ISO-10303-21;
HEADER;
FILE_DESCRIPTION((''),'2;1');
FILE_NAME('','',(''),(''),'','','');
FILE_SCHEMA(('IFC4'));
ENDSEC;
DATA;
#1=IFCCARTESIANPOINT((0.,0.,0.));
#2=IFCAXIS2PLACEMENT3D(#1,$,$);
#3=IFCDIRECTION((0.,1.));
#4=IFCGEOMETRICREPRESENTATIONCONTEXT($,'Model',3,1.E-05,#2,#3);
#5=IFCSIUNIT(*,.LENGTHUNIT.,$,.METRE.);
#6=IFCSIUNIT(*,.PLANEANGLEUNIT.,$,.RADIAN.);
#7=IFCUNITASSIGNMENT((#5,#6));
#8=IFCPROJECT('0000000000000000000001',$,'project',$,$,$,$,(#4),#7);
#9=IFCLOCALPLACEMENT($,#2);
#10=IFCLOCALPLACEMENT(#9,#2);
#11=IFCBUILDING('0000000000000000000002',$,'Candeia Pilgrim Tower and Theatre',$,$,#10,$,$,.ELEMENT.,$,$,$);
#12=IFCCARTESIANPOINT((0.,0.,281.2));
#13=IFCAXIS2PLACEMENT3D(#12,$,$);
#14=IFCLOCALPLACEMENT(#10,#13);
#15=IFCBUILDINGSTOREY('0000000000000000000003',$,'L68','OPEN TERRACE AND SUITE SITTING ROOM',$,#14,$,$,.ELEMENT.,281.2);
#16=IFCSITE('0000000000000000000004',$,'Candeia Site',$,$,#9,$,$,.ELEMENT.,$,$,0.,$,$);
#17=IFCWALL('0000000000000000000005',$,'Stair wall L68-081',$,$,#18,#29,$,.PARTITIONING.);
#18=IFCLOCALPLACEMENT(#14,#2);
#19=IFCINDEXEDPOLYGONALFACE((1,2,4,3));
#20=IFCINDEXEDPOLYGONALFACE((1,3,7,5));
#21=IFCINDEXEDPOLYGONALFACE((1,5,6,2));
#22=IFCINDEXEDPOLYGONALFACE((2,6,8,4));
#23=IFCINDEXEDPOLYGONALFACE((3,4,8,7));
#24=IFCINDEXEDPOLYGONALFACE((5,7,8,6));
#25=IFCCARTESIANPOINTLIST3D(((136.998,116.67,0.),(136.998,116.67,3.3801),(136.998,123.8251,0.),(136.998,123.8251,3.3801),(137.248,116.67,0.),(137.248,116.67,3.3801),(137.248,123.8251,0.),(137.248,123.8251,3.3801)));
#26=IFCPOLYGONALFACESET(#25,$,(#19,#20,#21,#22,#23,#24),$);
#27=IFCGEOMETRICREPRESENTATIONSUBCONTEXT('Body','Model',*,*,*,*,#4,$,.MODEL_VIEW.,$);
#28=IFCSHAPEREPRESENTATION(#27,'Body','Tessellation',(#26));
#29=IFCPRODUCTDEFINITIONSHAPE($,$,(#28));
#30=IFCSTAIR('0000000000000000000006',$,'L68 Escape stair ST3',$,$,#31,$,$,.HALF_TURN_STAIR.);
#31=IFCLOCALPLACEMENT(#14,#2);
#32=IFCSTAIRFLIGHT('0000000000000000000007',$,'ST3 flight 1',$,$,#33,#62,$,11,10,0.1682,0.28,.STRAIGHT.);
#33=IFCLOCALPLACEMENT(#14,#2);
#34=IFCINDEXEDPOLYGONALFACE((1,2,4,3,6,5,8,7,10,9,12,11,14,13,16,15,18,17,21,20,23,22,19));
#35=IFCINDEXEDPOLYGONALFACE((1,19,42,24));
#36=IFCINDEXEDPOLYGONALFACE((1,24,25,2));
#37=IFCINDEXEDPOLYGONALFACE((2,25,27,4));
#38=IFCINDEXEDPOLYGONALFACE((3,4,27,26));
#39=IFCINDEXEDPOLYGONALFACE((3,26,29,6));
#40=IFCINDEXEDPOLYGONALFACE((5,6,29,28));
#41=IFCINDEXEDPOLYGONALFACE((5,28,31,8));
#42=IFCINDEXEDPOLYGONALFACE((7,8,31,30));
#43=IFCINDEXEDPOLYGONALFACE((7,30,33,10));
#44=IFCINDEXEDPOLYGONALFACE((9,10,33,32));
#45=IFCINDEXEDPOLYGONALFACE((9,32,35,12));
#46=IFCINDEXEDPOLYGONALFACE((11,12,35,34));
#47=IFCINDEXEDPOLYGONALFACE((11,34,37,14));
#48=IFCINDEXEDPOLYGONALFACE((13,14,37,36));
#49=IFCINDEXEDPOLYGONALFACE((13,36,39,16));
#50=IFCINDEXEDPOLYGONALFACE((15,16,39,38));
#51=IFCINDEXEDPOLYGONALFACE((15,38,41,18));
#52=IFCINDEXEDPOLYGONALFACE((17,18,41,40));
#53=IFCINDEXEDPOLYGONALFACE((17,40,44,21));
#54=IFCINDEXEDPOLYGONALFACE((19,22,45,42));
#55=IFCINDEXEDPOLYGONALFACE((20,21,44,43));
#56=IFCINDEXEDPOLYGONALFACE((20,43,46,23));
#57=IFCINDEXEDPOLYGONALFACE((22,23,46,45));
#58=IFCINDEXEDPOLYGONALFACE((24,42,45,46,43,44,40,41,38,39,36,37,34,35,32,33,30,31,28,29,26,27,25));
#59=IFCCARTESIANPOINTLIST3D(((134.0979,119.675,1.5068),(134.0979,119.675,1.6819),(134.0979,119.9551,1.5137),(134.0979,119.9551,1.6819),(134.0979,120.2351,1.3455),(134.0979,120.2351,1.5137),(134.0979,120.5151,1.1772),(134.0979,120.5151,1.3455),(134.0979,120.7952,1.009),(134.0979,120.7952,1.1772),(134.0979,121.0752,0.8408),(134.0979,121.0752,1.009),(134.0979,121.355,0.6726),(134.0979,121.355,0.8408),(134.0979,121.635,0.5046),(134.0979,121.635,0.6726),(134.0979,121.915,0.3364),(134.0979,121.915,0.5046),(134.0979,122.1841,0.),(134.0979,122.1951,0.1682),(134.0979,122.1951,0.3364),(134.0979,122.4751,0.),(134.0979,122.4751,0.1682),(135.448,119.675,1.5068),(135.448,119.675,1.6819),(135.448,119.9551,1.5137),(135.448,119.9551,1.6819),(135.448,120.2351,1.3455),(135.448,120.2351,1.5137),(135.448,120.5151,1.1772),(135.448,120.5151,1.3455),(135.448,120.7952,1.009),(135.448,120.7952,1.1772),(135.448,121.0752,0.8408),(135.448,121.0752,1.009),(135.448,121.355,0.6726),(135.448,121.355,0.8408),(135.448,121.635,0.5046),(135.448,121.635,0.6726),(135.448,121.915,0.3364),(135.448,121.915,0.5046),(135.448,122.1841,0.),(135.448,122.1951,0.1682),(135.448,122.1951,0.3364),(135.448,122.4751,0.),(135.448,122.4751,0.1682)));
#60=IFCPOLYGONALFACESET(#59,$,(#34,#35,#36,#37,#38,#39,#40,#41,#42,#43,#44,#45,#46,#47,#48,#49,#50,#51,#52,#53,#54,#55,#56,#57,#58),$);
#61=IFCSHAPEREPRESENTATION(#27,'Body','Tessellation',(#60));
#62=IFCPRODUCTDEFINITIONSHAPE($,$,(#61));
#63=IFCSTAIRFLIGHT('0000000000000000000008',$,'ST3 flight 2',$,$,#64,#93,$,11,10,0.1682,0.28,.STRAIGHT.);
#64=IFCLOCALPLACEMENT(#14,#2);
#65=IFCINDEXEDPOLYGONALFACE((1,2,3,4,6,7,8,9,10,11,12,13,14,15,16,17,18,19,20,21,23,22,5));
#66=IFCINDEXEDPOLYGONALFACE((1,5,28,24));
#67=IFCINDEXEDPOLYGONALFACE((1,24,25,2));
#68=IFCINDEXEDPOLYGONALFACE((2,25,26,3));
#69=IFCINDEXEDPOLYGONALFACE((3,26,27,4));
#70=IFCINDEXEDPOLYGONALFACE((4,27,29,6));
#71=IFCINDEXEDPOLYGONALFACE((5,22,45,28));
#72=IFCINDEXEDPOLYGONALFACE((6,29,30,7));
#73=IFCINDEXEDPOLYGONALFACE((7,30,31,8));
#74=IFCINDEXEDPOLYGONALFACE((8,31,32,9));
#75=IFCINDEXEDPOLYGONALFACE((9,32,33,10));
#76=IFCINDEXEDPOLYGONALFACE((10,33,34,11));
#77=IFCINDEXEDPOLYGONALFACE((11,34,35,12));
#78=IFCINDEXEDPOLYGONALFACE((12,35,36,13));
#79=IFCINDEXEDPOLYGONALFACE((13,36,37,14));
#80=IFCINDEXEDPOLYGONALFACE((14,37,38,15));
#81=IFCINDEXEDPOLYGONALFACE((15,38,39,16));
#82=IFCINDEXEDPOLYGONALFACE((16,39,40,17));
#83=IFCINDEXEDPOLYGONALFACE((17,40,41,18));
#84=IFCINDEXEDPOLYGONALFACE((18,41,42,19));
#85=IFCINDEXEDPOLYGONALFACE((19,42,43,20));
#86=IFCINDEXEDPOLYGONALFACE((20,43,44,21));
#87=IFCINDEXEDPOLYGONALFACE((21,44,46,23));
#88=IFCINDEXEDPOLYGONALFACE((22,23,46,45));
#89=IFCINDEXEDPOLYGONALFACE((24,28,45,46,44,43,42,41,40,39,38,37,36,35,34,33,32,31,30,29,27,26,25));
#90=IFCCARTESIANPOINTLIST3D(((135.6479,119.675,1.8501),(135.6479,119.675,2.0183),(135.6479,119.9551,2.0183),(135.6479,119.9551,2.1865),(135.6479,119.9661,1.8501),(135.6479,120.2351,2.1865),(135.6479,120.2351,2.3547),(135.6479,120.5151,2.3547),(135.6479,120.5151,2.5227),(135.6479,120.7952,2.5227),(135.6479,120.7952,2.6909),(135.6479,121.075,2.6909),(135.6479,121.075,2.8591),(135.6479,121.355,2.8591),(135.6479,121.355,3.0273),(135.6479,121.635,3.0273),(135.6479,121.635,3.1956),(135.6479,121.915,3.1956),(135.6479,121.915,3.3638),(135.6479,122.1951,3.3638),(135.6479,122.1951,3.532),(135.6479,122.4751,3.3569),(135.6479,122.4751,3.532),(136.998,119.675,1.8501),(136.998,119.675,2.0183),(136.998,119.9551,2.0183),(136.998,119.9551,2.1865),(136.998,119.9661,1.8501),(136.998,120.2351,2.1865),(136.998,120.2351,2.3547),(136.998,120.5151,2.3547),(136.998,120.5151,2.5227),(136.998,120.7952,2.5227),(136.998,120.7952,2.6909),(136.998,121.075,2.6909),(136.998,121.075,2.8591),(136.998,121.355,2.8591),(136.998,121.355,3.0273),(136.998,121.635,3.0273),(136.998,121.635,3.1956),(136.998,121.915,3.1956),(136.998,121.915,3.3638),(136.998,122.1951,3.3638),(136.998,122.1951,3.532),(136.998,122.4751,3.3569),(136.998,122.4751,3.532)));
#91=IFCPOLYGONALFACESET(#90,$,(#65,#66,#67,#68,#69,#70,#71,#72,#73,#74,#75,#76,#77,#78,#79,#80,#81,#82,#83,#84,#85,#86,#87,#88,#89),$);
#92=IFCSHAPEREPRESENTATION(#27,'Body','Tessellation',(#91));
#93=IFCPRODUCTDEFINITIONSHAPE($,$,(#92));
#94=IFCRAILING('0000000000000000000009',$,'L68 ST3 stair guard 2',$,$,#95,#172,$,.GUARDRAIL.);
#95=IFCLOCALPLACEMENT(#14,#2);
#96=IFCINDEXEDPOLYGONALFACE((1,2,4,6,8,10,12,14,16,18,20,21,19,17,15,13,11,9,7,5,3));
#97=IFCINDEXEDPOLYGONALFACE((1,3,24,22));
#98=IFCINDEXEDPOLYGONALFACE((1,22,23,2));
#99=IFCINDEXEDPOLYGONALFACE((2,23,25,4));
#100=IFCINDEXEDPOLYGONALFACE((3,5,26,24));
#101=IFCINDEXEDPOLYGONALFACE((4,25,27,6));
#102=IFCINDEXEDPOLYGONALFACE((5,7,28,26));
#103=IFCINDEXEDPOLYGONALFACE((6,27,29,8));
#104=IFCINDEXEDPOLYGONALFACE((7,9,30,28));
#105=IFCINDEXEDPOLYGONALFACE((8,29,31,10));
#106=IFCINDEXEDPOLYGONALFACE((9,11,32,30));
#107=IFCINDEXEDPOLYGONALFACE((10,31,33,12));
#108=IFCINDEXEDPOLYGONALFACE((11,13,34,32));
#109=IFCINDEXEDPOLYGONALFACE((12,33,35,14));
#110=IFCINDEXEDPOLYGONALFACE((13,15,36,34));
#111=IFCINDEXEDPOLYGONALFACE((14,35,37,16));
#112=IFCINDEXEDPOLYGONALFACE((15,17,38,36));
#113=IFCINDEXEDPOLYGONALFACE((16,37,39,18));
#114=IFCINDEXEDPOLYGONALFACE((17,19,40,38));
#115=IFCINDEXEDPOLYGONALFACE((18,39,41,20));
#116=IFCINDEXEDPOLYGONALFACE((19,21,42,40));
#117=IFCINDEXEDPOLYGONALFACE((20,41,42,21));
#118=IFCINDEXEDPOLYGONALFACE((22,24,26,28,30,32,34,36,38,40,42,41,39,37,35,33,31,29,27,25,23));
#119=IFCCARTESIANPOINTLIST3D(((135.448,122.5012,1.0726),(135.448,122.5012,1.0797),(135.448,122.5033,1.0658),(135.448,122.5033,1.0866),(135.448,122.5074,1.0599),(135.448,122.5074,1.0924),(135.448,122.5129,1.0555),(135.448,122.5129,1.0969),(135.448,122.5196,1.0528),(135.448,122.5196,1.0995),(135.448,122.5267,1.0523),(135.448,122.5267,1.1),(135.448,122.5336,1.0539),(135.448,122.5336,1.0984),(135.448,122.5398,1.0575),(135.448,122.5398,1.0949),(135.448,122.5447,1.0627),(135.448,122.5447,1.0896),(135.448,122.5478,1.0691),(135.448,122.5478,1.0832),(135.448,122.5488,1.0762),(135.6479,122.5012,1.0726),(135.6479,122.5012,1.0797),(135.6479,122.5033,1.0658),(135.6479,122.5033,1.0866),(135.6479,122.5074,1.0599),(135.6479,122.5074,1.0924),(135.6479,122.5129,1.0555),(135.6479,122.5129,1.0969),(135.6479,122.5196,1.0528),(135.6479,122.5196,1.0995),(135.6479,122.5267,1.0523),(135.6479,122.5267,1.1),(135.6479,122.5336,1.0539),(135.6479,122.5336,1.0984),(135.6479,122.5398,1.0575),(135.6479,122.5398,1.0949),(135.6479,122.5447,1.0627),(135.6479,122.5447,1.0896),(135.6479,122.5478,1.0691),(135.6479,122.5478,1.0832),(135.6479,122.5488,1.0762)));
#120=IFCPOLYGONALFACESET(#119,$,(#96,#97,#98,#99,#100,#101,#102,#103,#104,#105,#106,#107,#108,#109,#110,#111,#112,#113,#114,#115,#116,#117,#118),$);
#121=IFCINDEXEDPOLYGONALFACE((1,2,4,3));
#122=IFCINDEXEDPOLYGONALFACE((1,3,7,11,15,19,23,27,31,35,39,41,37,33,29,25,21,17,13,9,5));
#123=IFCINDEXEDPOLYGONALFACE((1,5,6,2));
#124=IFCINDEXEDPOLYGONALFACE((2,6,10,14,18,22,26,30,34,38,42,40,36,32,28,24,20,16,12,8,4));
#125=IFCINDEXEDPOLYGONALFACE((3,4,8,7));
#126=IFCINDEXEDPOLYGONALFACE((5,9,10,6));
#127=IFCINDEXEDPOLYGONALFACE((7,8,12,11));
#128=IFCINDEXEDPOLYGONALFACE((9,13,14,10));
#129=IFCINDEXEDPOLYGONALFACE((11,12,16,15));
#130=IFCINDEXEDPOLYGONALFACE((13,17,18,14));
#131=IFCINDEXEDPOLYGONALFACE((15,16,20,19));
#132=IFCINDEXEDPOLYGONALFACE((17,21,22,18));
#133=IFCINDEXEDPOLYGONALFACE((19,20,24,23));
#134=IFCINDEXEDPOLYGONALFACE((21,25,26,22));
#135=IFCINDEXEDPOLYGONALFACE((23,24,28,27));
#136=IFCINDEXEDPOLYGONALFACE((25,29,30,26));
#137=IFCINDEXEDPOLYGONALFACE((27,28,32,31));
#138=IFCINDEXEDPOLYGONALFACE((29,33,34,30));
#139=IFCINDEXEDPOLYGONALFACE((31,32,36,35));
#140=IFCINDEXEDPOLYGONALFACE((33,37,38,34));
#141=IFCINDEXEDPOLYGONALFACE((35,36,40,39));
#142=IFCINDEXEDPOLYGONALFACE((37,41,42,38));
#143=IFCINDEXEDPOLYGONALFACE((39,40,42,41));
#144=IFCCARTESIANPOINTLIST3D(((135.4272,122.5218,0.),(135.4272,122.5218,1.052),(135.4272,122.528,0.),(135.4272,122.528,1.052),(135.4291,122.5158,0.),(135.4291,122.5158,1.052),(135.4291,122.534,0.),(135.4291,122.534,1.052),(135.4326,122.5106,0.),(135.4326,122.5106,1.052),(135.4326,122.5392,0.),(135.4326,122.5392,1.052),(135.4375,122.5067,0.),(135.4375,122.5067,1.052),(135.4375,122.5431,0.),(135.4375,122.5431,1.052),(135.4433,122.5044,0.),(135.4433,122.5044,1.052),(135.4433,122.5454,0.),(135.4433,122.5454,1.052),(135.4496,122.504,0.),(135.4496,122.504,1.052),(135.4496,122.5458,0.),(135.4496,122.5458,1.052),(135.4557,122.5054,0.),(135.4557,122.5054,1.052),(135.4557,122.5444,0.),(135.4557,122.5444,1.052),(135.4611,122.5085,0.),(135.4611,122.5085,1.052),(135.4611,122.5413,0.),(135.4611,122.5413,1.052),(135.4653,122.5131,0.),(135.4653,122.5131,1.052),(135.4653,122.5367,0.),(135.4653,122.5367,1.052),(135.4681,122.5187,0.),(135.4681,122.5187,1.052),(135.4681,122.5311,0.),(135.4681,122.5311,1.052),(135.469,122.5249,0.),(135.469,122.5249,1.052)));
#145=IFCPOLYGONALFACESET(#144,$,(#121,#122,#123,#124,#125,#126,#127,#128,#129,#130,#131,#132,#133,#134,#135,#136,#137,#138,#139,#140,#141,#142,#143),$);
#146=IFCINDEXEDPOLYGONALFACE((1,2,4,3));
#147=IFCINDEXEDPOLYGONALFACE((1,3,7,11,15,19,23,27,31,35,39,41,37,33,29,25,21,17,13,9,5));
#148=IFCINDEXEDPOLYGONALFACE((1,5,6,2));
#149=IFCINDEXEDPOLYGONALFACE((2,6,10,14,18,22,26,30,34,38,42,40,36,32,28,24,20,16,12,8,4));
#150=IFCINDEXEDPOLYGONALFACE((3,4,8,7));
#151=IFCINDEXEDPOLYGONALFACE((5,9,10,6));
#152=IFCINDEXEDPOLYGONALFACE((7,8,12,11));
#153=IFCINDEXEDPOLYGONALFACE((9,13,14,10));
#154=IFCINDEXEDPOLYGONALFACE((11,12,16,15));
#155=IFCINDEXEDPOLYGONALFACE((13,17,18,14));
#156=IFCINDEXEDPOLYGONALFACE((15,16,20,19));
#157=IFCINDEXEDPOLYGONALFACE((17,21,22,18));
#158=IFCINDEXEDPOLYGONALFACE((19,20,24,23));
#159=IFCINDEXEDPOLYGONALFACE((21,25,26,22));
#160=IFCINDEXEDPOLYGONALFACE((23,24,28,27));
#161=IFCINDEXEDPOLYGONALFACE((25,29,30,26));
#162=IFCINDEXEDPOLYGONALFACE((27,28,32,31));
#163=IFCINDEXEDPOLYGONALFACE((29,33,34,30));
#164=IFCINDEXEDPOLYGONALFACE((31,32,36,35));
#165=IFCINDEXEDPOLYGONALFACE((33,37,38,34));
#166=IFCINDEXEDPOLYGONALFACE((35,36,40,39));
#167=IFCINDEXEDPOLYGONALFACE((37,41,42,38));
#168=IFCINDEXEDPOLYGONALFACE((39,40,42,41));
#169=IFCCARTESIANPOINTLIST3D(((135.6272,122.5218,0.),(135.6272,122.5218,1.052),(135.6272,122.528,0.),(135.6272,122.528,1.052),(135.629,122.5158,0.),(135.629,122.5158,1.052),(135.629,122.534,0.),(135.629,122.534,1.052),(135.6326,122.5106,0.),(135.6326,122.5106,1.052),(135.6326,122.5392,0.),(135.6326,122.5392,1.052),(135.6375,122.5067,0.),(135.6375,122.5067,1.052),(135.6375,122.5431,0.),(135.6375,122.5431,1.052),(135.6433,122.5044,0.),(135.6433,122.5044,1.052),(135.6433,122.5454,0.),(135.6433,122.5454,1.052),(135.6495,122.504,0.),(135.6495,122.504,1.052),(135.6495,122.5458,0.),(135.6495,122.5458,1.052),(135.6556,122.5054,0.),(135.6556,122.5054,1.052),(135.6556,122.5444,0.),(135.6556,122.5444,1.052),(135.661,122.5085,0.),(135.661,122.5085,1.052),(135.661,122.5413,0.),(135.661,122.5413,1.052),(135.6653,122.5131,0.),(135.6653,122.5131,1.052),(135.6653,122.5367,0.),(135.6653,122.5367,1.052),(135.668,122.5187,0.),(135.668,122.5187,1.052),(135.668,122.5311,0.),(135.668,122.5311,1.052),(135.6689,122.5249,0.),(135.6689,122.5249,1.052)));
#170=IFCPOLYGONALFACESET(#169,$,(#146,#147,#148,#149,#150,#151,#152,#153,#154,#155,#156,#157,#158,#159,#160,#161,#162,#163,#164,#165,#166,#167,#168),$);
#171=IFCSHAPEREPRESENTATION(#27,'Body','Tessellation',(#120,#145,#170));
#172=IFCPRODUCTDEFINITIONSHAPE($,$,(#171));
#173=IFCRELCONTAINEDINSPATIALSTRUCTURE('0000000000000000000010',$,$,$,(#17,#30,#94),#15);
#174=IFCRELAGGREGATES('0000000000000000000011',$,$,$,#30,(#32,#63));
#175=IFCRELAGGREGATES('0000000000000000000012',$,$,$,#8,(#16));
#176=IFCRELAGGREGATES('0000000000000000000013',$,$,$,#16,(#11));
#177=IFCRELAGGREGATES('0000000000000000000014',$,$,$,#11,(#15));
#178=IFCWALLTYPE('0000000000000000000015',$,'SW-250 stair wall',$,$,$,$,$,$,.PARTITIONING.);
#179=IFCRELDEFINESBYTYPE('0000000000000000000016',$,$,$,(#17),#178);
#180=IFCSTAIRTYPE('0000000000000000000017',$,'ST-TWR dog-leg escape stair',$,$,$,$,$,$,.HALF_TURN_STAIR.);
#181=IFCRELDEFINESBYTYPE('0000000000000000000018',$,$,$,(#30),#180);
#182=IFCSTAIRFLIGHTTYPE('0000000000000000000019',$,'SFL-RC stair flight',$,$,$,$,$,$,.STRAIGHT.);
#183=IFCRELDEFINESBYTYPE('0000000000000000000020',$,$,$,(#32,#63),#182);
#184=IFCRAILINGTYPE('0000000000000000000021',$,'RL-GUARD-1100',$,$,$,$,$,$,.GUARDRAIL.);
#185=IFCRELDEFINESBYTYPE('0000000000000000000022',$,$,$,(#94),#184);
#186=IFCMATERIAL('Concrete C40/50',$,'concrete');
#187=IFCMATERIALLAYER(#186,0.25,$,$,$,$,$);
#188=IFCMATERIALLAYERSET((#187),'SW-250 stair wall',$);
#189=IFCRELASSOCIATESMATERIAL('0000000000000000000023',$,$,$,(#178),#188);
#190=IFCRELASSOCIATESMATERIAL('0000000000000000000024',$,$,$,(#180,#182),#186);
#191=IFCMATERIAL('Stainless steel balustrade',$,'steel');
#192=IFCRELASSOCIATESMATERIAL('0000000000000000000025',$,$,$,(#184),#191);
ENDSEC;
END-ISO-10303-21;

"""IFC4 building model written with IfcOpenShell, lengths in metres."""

from ifc_helpers import new_model, si_unit, direction, frame, frame_2d, origin, origin_2d, place, context, subcontext, project, spatial, polyline, rectangle, circle, outline, extrude, material, layer, layer_set, type_object, element, aggregate, save


model = new_model("IFC4")

# Units and contexts
model_context = context("Model", 3, precision=1e-05, world=origin(), true_north=direction((0.0, 1.0)))
body_context = subcontext(model_context, "Body", "Model", "MODEL_VIEW")
ifc_project = project(units=[si_unit("LENGTHUNIT", "METRE"), si_unit("PLANEANGLEUNIT", "RADIAN")], contexts=[model_context])

# Site, building, storey
site_placement = place(None, origin())
site = spatial("IfcSite", under=ifc_project, at=site_placement, Name="Candeia Site", CompositionType="ELEMENT", RefElevation=0.0)
building_placement = place(site_placement, origin())
building = spatial("IfcBuilding", under=site, at=building_placement, Name="Candeia Pilgrim Tower and Theatre", CompositionType="ELEMENT")
storey_placement = place(building_placement, frame((0.0, 0.0, 281.2)))
storey = spatial("IfcBuildingStorey", under=building, at=storey_placement, Name="L68", Description="OPEN TERRACE AND SUITE SITTING ROOM", CompositionType="ELEMENT", Elevation=281.2)

# Shared definitions
ifc_material_1 = material(Name="Concrete C40/50", Category="concrete")

# Shared definitions
ifc_layer_1 = layer(ifc_material_1, 0.25)
ifc_layer_set_1 = layer_set([ifc_layer_1], Name="SW-250 stair wall")
wall_type_1 = type_object("IfcWallType", Name="SW-250 stair wall", PredefinedType="PARTITIONING", material=ifc_layer_set_1)

# Wall
wall_1_placement = place(storey_placement, frame((137.123, 116.6699, 0.0), z_axis=(0.0, 0.0, 1.0), x_axis=(0.0, 1.0, 0.0)))
element("IfcWall", 1, at=wall_1_placement, inside=storey, type_object=wall_type_1, Name="Stair wall L68-081", PredefinedType="PARTITIONING", context=body_context, shape_type="SweptSolid", body=[
    extrude(rectangle(XDim=7.155, YDim=0.25, at=frame_2d((3.5776, 0.0))), origin(), (0.0, 0.0, 1.0), 3.3801),
])

# Stair, stair flights
stair_type = type_object("IfcStairType", Name="ST-TWR dog-leg escape stair", PredefinedType="HALF_TURN_STAIR", material=ifc_material_1)
stair_placement = place(storey_placement, origin())
stair = element("IfcStair", 2, at=stair_placement, inside=storey, type_object=stair_type, Name="L68 Escape stair ST3", PredefinedType="HALF_TURN_STAIR")
stair_flight_type = type_object("IfcStairFlightType", Name="SFL-RC stair flight", PredefinedType="STRAIGHT", material=ifc_material_1)
stair_flight_1_placement = place(storey_placement, frame((134.7729, 122.4751, 0.0), z_axis=(0.0, 0.0, 1.0), x_axis=(0.0, -1.0, 0.0)))
stair_flight_1 = element("IfcStairFlight", 3, at=stair_flight_1_placement, type_object=stair_flight_type, Name="ST3 flight 1", NumberOfRisers=11, NumberOfTreads=10, PredefinedType="STRAIGHT", RiserHeight=0.1682, TreadLength=0.28, context=body_context, shape_type="SweptSolid", body=[
    extrude(outline(polyline([(0.0, 0.0), (0.0, 0.1682), (0.28, 0.1682), (0.28, 0.3364), (0.5601, 0.3364), (0.5601, 0.5046), (0.8401, 0.5046), (0.8401, 0.6726), (1.1201, 0.6726), (1.1201, 0.8408), (1.3999, 0.8408), (1.3999, 1.009), (1.6799, 1.009), (1.6799, 1.1772), (1.96, 1.1772), (1.96, 1.3455), (2.24, 1.3455), (2.24, 1.5137), (2.52, 1.5137), (2.52, 1.6819), (2.8, 1.6819), (2.8, 1.8501), (2.8, 1.5068), (0.291, 0.0), (0.0, 0.0)])), frame((0.0, 0.675, 0.0), z_axis=(0.0, -1.0, 0.0), x_axis=(1.0, 0.0, 0.0)), (0.0, 0.0, 1.0), 1.3501),
])
stair_flight_2_placement = place(storey_placement, frame((136.323, 119.675, 1.8501), z_axis=(0.0, 0.0, 1.0), x_axis=(0.0, 1.0, 0.0)))
stair_flight_2 = element("IfcStairFlight", 4, at=stair_flight_2_placement, type_object=stair_flight_type, Name="ST3 flight 2", NumberOfRisers=11, NumberOfTreads=10, PredefinedType="STRAIGHT", RiserHeight=0.1682, TreadLength=0.28, context=body_context, shape_type="SweptSolid", body=[
    extrude(outline(polyline([(0.0, 0.0), (0.0, 0.1682), (0.28, 0.1682), (0.28, 0.3364), (0.5601, 0.3364), (0.5601, 0.5046), (0.8401, 0.5046), (0.8401, 0.6726), (1.1201, 0.6726), (1.1201, 0.8408), (1.3999, 0.8408), (1.3999, 1.009), (1.6799, 1.009), (1.6799, 1.1772), (1.96, 1.1772), (1.96, 1.3455), (2.24, 1.3455), (2.24, 1.5137), (2.52, 1.5137), (2.52, 1.6819), (2.8, 1.6819), (2.8, 1.8501), (2.8, 1.5068), (0.291, 0.0), (0.0, 0.0)])), frame((0.0, 0.675, 0.0), z_axis=(0.0, -1.0, 0.0), x_axis=(1.0, 0.0, 0.0)), (0.0, 0.0, 1.0), 1.3501),
])
aggregate(stair, [stair_flight_1, stair_flight_2])

# Railing
ifc_material_2 = material(Name="Stainless steel balustrade", Category="steel")
railing_type_1 = type_object("IfcRailingType", Name="RL-GUARD-1100", PredefinedType="GUARDRAIL", material=ifc_material_2)
railing_1_placement = place(storey_placement, frame((135.448, 122.5249, 0.0)))
element("IfcRailing", 5, at=railing_1_placement, inside=storey, type_object=railing_type_1, Name="L68 ST3 stair guard 2", PredefinedType="GUARDRAIL", context=body_context, shape_type="SweptSolid", body=[
    extrude(circle(Radius=0.0239, at=origin_2d()), frame((0.0, 0.0, 1.0762), z_axis=(1.0, 0.0, 0.0), x_axis=(0.0, 1.0, 0.0)), (0.0, 0.0, 1.0), 0.2),
    extrude(circle(Radius=0.021, at=origin_2d()), origin(), (0.0, 0.0, 1.0), 1.052),
    extrude(circle(Radius=0.021, at=origin_2d()), frame((0.2, 0.0, 0.0)), (0.0, 0.0, 1.0), 1.052),
])

save(model, "model.ifc")
